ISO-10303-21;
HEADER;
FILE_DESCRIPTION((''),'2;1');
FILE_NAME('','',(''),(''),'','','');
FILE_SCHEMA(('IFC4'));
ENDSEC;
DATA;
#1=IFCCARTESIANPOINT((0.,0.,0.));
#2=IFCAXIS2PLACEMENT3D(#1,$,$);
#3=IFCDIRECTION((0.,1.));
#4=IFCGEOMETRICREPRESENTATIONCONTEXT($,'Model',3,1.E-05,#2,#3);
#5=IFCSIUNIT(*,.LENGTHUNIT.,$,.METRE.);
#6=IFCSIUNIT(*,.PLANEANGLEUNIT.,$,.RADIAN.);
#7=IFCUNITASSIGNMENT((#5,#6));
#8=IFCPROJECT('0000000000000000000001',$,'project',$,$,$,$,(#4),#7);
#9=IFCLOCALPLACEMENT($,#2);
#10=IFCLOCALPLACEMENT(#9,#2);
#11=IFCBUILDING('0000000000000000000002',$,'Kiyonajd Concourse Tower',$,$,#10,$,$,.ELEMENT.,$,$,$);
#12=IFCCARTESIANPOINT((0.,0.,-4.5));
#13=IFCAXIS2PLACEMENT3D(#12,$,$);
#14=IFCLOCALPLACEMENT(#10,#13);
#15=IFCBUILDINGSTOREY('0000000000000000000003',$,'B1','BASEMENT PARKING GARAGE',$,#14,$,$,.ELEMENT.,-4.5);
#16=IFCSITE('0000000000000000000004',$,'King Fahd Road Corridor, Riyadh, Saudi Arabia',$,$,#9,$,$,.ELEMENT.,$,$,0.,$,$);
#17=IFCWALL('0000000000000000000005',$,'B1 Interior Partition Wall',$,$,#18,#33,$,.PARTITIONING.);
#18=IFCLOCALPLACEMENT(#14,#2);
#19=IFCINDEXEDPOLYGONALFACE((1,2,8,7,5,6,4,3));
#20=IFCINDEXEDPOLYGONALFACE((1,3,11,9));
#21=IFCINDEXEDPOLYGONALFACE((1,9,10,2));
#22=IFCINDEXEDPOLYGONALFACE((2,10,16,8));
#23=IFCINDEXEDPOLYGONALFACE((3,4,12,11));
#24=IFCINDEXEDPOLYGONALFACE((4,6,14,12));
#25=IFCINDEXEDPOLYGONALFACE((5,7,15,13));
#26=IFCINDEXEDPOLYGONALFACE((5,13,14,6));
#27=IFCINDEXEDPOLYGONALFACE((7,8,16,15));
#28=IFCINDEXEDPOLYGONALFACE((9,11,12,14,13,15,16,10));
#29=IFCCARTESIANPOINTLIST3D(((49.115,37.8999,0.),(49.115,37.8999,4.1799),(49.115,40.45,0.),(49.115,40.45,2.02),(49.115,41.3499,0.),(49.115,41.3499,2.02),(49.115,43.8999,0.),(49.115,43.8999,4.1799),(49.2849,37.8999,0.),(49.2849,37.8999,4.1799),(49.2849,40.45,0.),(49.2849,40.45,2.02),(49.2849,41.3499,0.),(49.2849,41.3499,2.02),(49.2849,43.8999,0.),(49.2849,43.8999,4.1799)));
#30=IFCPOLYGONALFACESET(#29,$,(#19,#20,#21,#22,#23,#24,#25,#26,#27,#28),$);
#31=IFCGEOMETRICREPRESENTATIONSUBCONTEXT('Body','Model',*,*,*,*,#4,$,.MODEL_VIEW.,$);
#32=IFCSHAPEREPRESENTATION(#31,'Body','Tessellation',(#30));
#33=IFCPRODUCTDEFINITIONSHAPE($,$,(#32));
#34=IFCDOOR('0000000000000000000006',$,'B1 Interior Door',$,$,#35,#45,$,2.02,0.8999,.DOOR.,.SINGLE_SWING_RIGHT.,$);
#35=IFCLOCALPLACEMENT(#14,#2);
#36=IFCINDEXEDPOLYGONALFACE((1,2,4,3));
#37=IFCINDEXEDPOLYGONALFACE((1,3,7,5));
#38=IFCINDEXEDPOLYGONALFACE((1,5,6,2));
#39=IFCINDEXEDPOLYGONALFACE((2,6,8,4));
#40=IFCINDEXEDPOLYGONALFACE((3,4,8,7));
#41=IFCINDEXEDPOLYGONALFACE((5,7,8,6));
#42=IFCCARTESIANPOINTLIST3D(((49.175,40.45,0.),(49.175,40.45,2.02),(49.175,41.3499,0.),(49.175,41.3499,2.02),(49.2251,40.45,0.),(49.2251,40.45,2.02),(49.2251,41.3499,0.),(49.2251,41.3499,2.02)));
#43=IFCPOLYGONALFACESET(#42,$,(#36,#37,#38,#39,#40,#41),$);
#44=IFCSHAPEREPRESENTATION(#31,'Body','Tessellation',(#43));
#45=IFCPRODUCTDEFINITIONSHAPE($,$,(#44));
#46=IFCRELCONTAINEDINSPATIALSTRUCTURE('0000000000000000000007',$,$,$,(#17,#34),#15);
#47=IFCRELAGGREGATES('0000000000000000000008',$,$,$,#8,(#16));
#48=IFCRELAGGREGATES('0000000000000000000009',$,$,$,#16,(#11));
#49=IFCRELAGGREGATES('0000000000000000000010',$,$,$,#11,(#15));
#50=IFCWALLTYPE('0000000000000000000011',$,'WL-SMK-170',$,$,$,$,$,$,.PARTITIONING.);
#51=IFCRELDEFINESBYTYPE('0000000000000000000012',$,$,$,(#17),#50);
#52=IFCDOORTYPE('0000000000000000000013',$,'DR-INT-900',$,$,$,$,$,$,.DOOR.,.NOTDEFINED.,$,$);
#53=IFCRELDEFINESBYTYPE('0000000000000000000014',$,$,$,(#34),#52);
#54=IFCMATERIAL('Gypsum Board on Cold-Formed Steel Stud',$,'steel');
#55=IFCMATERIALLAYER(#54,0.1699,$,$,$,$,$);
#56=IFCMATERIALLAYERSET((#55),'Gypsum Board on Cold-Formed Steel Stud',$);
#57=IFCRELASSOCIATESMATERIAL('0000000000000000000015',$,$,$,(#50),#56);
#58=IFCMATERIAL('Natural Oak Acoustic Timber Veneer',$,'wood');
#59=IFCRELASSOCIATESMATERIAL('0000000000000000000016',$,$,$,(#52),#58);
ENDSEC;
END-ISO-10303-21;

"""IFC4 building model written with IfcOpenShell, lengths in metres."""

from ifc_helpers import new_model, si_unit, direction, frame, frame_2d, origin, place, context, subcontext, project, spatial, rectangle, extrude, material, layer, layer_set, type_object, element, fill, save


model = new_model("IFC4")

# Units and contexts
model_context = context("Model", 3, precision=1e-05, world=origin(), true_north=direction((0.0, 1.0)))
body_context = subcontext(model_context, "Body", "Model", "MODEL_VIEW")
ifc_project = project(units=[si_unit("LENGTHUNIT", "METRE"), si_unit("PLANEANGLEUNIT", "RADIAN")], contexts=[model_context])

# Site, building, storey
site_placement = place(None, origin())
site = spatial("IfcSite", under=ifc_project, at=site_placement, Name="King Fahd Road Corridor, Riyadh, Saudi Arabia", CompositionType="ELEMENT", RefElevation=0.0)
building_placement = place(site_placement, origin())
building = spatial("IfcBuilding", under=site, at=building_placement, Name="Kiyonajd Concourse Tower", CompositionType="ELEMENT")
storey_placement = place(building_placement, frame((0.0, 0.0, -4.5)))
storey = spatial("IfcBuildingStorey", under=building, at=storey_placement, Name="B1", Description="BASEMENT PARKING GARAGE", CompositionType="ELEMENT", Elevation=-4.5)

# Shared definitions
ifc_material_1 = material(Name="Gypsum Board on Cold-Formed Steel Stud", Category="steel")

# Shared definitions
ifc_layer_1 = layer(ifc_material_1, 0.1699)
ifc_layer_set_1 = layer_set([ifc_layer_1], Name="Gypsum Board on Cold-Formed Steel Stud")
wall_type_1 = type_object("IfcWallType", Name="WL-SMK-170", PredefinedType="PARTITIONING", material=ifc_layer_set_1)
ifc_material_2 = material(Name="Natural Oak Acoustic Timber Veneer", Category="wood")
door_type = type_object("IfcDoorType", Name="DR-INT-900", OperationType="NOTDEFINED", PredefinedType="DOOR", material=ifc_material_2)

# Wall, opening, door
wall_1_placement = place(storey_placement, frame((49.2, 37.8999, 0.0), z_axis=(0.0, 0.0, 1.0), x_axis=(0.0, 1.0, 0.0)))
wall_1 = element("IfcWall", 1, at=wall_1_placement, inside=storey, type_object=wall_type_1, Name="B1 Interior Partition Wall", PredefinedType="PARTITIONING", context=body_context, shape_type="SweptSolid", body=[
    extrude(rectangle(XDim=6.0, YDim=0.1699, at=frame_2d((3.0, 0.0))), origin(), (0.0, 0.0, 1.0), 4.1799),
])
opening_1_placement = place(wall_1_placement, frame((2.55, 0.0, 0.0)))
opening_1 = element("IfcOpeningElement", 2, at=opening_1_placement, cuts=wall_1, PredefinedType="OPENING", context=body_context, shape_type="SweptSolid", body=[
    extrude(rectangle(XDim=0.8999, YDim=2.02, at=frame_2d((0.45, 1.01))), frame((0.0, 0.095, 0.0), z_axis=(0.0, -1.0, 0.0), x_axis=(1.0, 0.0, 0.0)), (0.0, 0.0, 1.0), 0.1899),
])
door_1_placement = place(opening_1_placement, origin())
door_1 = element("IfcDoor", 3, at=door_1_placement, inside=storey, type_object=door_type, Name="B1 Interior Door", OperationType="SINGLE_SWING_RIGHT", OverallHeight=2.02, OverallWidth=0.8999, PredefinedType="DOOR", context=body_context, shape_type="SweptSolid", body=[
    extrude(rectangle(XDim=0.8999, YDim=2.02, at=frame_2d((0.45, 1.01))), frame((0.0, 0.0249, 0.0), z_axis=(0.0, -1.0, 0.0), x_axis=(1.0, 0.0, 0.0)), (0.0, 0.0, 1.0), 0.05),
])
fill(opening_1, door_1)

save(model, "model.ifc")
